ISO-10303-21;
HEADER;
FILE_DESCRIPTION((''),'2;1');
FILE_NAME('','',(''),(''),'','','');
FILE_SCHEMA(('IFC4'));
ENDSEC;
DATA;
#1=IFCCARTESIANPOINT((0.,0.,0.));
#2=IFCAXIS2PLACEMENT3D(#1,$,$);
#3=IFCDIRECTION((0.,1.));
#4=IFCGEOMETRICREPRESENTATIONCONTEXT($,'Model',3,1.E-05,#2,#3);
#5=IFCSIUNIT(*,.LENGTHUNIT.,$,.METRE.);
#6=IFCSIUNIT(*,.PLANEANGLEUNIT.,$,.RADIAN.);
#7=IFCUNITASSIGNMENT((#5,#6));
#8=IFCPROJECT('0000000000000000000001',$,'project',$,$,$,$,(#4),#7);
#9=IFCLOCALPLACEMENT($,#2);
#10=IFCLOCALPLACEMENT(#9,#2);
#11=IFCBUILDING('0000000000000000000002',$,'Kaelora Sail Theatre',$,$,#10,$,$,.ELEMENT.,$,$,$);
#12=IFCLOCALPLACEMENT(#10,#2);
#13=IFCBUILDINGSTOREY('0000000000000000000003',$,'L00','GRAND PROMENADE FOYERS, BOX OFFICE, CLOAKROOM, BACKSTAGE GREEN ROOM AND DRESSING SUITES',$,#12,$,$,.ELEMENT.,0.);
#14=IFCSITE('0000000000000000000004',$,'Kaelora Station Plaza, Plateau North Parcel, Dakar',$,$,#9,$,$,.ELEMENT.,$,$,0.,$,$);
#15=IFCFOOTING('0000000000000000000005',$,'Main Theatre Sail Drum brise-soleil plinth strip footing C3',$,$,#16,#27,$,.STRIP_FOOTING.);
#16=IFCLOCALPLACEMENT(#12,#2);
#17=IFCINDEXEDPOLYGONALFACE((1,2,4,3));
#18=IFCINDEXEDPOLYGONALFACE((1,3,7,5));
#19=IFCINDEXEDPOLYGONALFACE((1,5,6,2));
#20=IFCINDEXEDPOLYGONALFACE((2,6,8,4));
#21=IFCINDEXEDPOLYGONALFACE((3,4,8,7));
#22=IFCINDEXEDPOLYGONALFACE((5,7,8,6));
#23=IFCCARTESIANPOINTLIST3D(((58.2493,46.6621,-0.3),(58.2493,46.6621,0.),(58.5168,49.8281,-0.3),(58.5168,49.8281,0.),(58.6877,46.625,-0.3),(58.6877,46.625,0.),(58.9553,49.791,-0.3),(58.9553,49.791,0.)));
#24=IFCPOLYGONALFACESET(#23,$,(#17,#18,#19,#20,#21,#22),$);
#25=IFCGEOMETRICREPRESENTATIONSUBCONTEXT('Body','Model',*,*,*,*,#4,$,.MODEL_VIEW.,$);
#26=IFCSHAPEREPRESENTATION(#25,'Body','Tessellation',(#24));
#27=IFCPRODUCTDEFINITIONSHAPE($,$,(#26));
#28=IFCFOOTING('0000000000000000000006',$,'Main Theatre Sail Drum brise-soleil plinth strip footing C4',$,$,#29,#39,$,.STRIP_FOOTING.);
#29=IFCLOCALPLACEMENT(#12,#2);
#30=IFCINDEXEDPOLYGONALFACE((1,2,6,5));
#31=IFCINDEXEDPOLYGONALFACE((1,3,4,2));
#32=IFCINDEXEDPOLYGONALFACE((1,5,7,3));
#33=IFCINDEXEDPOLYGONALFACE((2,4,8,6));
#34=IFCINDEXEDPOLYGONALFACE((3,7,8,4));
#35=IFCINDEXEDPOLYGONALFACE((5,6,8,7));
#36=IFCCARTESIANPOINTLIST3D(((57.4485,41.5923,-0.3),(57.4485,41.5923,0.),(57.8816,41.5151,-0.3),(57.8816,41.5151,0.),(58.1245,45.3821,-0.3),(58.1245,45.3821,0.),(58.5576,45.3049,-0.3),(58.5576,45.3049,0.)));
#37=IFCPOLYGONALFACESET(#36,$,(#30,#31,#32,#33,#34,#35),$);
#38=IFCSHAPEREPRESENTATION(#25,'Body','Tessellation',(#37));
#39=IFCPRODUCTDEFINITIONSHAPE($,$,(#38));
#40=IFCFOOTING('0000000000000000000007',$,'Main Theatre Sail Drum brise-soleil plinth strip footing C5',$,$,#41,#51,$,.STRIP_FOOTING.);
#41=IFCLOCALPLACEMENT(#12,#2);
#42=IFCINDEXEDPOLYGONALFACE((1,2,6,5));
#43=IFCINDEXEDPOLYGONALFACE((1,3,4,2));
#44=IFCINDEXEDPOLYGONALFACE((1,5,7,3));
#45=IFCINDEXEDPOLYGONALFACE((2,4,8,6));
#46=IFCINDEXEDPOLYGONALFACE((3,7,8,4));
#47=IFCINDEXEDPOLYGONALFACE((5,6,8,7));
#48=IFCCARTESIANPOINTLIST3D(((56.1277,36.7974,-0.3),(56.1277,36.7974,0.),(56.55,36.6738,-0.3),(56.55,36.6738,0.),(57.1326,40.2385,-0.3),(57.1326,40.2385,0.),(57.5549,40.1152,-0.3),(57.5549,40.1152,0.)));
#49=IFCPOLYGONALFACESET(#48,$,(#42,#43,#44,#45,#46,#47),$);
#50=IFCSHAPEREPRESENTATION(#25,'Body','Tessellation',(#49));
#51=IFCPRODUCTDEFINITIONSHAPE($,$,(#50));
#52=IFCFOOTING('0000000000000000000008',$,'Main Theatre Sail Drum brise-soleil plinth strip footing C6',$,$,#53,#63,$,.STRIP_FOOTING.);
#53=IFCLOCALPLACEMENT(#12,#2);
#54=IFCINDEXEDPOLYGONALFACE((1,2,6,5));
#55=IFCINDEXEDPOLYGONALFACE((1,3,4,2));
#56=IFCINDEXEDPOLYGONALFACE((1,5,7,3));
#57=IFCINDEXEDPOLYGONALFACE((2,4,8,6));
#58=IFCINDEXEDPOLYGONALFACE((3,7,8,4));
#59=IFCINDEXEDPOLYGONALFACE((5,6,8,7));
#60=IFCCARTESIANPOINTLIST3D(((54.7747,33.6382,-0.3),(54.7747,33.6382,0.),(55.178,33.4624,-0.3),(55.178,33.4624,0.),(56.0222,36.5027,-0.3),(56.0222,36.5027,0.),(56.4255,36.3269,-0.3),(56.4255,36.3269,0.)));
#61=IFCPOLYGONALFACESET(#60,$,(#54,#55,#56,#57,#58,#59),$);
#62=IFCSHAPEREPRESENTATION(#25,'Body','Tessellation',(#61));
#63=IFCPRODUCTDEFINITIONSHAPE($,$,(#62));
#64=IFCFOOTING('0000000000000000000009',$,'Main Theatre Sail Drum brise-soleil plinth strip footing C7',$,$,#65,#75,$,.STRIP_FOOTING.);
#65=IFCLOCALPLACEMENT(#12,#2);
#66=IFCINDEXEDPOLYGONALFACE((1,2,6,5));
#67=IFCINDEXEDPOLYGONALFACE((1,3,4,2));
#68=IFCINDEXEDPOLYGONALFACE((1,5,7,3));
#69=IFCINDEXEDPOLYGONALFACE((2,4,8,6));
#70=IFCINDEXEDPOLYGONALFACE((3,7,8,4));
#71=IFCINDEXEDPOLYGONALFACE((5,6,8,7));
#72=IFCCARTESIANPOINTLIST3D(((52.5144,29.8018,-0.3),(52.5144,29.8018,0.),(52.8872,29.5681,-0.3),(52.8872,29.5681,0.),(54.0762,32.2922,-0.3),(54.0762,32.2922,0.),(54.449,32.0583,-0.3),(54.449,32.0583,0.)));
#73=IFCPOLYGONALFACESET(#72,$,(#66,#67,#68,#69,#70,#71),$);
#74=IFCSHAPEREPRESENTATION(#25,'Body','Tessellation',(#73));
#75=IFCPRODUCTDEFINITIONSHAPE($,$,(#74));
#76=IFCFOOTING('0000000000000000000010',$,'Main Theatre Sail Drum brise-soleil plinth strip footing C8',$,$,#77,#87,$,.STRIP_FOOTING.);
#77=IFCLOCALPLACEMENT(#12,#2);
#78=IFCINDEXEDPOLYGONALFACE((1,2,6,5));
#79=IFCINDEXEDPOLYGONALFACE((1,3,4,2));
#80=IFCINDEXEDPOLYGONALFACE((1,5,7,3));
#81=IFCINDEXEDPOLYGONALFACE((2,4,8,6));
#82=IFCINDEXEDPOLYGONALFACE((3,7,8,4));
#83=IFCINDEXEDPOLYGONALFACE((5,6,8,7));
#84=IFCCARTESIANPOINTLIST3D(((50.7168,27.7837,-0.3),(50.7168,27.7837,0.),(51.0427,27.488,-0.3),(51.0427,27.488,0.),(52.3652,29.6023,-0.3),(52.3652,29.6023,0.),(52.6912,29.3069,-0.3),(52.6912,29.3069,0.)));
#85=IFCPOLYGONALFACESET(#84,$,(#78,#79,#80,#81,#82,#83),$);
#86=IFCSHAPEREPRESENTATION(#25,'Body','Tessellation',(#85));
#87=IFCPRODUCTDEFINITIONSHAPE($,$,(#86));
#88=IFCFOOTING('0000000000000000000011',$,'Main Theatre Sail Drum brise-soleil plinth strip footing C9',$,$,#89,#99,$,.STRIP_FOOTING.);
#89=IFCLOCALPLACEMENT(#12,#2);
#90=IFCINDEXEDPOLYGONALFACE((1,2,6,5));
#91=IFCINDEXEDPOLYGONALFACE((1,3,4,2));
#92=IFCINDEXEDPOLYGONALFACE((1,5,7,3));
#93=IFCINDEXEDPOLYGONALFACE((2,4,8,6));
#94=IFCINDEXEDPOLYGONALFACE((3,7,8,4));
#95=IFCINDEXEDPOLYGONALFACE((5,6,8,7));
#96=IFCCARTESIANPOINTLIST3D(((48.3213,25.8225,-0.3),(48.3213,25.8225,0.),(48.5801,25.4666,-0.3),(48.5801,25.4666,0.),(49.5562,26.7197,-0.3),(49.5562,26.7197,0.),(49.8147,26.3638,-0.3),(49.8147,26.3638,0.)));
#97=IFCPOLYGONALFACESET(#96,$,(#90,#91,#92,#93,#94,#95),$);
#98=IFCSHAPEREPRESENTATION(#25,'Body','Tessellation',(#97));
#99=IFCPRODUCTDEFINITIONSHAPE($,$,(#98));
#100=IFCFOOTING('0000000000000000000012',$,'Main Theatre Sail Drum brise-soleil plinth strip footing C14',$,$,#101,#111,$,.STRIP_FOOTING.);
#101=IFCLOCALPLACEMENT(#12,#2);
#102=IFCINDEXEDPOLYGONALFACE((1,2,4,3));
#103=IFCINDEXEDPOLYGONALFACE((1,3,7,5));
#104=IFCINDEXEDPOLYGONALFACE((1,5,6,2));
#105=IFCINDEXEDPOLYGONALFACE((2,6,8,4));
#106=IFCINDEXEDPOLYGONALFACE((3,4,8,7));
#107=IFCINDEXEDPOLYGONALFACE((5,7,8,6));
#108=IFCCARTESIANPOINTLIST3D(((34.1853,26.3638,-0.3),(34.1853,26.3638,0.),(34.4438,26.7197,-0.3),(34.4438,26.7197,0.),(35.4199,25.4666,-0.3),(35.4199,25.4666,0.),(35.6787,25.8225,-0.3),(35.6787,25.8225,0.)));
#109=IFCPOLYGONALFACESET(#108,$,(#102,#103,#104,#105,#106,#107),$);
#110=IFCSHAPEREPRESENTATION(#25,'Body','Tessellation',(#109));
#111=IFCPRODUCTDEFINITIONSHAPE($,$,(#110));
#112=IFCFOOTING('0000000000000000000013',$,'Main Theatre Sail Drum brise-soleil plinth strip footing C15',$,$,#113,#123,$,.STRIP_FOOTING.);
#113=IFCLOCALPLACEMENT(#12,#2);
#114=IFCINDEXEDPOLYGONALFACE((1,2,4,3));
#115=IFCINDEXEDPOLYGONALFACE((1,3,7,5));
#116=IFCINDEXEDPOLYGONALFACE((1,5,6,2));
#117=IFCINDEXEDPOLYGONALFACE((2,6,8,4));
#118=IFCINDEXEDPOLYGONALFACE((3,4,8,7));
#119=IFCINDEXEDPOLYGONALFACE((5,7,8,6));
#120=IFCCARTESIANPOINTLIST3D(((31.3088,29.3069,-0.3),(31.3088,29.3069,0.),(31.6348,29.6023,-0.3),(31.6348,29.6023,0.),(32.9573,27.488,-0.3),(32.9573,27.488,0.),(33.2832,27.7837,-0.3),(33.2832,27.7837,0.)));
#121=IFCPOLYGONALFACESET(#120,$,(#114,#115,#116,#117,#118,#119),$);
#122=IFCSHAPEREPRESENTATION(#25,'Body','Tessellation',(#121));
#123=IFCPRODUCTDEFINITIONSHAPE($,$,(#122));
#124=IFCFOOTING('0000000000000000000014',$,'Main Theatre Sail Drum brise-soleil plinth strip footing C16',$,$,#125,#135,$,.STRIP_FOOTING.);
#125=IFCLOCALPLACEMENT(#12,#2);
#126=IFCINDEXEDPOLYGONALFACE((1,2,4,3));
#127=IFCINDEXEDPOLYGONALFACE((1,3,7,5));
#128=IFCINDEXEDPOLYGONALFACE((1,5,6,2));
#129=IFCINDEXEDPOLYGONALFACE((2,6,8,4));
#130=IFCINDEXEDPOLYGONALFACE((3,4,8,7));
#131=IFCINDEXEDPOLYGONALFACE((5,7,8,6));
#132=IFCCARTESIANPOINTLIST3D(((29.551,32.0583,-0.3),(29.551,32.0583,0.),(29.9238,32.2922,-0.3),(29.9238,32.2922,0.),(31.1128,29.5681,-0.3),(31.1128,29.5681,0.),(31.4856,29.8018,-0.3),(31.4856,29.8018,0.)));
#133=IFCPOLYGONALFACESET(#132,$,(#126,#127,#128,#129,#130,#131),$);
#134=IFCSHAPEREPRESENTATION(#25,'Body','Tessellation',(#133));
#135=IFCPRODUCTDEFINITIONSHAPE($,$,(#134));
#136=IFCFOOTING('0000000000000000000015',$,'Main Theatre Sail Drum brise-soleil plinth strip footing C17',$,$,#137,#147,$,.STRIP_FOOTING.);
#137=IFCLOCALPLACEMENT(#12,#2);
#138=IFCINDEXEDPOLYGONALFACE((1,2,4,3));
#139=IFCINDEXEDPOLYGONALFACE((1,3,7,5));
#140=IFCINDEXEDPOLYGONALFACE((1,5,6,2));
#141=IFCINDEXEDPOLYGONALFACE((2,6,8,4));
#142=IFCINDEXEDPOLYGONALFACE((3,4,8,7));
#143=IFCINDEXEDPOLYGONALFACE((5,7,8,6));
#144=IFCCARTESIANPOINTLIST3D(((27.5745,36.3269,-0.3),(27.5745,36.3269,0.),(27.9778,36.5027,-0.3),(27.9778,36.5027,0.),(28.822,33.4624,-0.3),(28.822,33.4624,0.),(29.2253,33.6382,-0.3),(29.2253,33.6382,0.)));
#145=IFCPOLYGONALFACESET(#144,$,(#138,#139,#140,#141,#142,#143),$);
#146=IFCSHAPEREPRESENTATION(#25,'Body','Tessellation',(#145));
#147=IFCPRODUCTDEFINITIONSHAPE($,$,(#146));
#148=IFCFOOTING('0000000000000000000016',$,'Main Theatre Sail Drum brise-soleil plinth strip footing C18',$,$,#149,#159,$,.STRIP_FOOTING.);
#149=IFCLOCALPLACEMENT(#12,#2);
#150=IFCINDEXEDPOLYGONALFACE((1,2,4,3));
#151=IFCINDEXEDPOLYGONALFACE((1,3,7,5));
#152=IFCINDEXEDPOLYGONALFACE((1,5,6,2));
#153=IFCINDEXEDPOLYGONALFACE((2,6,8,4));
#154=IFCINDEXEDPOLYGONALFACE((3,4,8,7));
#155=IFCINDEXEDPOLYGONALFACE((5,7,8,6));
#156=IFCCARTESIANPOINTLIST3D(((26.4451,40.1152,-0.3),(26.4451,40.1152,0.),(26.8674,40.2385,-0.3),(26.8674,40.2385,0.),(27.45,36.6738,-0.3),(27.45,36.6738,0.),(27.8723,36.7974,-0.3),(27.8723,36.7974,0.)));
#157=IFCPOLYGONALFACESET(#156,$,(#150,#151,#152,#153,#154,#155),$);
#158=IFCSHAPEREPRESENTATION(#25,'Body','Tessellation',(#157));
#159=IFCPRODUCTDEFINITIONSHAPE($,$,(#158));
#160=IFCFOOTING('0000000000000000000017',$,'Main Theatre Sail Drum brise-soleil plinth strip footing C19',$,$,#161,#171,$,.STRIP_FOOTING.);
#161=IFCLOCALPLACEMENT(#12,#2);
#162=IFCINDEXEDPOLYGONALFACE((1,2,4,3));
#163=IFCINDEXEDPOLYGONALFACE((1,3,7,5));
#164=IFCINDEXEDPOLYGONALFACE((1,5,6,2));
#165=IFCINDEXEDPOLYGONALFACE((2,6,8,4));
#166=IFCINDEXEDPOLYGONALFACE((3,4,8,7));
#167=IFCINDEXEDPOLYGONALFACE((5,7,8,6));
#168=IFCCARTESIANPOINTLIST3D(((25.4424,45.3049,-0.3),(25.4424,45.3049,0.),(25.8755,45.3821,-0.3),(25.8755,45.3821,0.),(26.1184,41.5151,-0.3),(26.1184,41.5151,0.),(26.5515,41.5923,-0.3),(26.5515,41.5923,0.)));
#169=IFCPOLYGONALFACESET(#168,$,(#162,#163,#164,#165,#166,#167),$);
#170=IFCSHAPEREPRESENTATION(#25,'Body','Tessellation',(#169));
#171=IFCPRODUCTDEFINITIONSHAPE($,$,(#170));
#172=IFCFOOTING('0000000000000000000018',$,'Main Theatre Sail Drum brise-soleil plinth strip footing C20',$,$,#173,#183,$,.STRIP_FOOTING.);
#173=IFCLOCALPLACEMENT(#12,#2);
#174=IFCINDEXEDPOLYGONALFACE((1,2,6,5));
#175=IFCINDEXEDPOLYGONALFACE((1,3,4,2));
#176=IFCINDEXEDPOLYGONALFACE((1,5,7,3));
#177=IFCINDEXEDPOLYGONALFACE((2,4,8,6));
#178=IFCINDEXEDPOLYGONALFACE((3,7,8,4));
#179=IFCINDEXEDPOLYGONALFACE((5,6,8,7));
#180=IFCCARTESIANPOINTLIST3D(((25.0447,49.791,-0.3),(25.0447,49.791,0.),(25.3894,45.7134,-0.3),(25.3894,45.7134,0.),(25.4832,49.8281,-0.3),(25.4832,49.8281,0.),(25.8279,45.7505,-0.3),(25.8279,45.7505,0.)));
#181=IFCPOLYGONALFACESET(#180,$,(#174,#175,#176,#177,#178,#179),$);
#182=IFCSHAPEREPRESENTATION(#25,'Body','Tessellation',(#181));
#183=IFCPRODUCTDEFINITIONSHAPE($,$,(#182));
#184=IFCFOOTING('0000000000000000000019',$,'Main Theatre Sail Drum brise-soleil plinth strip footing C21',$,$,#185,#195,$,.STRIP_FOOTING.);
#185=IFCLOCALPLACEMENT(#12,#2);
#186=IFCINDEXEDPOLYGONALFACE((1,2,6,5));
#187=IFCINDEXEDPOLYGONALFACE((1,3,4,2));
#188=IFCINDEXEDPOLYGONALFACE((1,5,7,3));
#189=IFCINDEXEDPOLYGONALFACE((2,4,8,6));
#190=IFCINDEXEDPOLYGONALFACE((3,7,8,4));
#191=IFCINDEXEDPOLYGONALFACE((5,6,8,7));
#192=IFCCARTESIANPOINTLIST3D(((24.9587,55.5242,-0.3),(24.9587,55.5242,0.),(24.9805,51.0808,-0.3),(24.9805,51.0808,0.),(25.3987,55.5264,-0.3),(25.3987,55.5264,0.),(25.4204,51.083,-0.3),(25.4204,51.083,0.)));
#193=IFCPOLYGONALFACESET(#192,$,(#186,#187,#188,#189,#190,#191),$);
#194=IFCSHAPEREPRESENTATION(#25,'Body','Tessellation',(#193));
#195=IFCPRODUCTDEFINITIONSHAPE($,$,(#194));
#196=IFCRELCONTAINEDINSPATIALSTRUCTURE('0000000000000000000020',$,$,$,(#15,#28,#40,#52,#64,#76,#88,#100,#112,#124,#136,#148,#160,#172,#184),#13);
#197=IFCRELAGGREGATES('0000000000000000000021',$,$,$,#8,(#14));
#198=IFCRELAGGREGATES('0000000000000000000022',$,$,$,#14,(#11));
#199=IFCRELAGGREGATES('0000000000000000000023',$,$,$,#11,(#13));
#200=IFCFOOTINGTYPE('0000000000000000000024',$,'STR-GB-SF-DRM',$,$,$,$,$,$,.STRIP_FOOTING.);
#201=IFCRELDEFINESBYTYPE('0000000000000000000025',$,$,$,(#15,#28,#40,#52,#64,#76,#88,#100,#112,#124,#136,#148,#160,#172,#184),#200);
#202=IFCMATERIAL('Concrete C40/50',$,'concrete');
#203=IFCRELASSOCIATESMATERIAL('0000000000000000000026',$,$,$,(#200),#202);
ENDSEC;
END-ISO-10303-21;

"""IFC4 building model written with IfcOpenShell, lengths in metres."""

from ifc_helpers import new_model, si_unit, direction, frame, origin, place, context, subcontext, project, spatial, polyline, outline, extrude, material, type_object, element, save


model = new_model("IFC4")

# Units and contexts
model_context = context("Model", 3, precision=1e-05, world=origin(), true_north=direction((0.0, 1.0)))
body_context = subcontext(model_context, "Body", "Model", "MODEL_VIEW")
ifc_project = project(units=[si_unit("LENGTHUNIT", "METRE"), si_unit("PLANEANGLEUNIT", "RADIAN")], contexts=[model_context])

# Site, building, storey
site_placement = place(None, origin())
site = spatial("IfcSite", under=ifc_project, at=site_placement, Name="Kaelora Station Plaza, Plateau North Parcel, Dakar", CompositionType="ELEMENT", RefElevation=0.0)
building_placement = place(site_placement, origin())
building = spatial("IfcBuilding", under=site, at=building_placement, Name="Kaelora Sail Theatre", CompositionType="ELEMENT")
storey_placement = place(building_placement, origin())
storey = spatial("IfcBuildingStorey", under=building, at=storey_placement, Name="L00", Description="GRAND PROMENADE FOYERS, BOX OFFICE, CLOAKROOM, BACKSTAGE GREEN ROOM AND DRESSING SUITES", CompositionType="ELEMENT", Elevation=0.0)

# Footings
ifc_material = material(Name="Concrete C40/50", Category="concrete")
footing_type = type_object("IfcFootingType", Name="STR-GB-SF-DRM", PredefinedType="STRIP_FOOTING", material=ifc_material)
footing_1_placement = place(storey_placement, frame((0.0, 0.0, -0.3)))
element("IfcFooting", 1, at=footing_1_placement, inside=storey, type_object=footing_type, Name="Main Theatre Sail Drum brise-soleil plinth strip footing C3", PredefinedType="STRIP_FOOTING", context=body_context, shape_type="SweptSolid", body=[
    extrude(outline(polyline([(58.5168, 49.8281), (58.2493, 46.6621), (58.6877, 46.625), (58.9553, 49.791), (58.5168, 49.8281)])), origin(), (0.0, 0.0, 1.0), 0.3),
])
footing_2_placement = place(storey_placement, frame((0.0, 0.0, -0.3)))
element("IfcFooting", 2, at=footing_2_placement, inside=storey, type_object=footing_type, Name="Main Theatre Sail Drum brise-soleil plinth strip footing C4", PredefinedType="STRIP_FOOTING", context=body_context, shape_type="SweptSolid", body=[
    extrude(outline(polyline([(58.1245, 45.3821), (57.4485, 41.5923), (57.8816, 41.5151), (58.5576, 45.3049), (58.1245, 45.3821)])), origin(), (0.0, 0.0, 1.0), 0.3),
])
footing_3_placement = place(storey_placement, frame((0.0, 0.0, -0.3)))
element("IfcFooting", 3, at=footing_3_placement, inside=storey, type_object=footing_type, Name="Main Theatre Sail Drum brise-soleil plinth strip footing C5", PredefinedType="STRIP_FOOTING", context=body_context, shape_type="SweptSolid", body=[
    extrude(outline(polyline([(57.1326, 40.2385), (56.1277, 36.7974), (56.55, 36.6738), (57.5549, 40.1152), (57.1326, 40.2385)])), origin(), (0.0, 0.0, 1.0), 0.3),
])
footing_4_placement = place(storey_placement, frame((0.0, 0.0, -0.3)))
element("IfcFooting", 4, at=footing_4_placement, inside=storey, type_object=footing_type, Name="Main Theatre Sail Drum brise-soleil plinth strip footing C6", PredefinedType="STRIP_FOOTING", context=body_context, shape_type="SweptSolid", body=[
    extrude(outline(polyline([(56.0222, 36.5027), (54.7747, 33.6382), (55.178, 33.4624), (56.4255, 36.3269), (56.0222, 36.5027)])), origin(), (0.0, 0.0, 1.0), 0.3),
])
footing_5_placement = place(storey_placement, frame((0.0, 0.0, -0.3)))
element("IfcFooting", 5, at=footing_5_placement, inside=storey, type_object=footing_type, Name="Main Theatre Sail Drum brise-soleil plinth strip footing C7", PredefinedType="STRIP_FOOTING", context=body_context, shape_type="SweptSolid", body=[
    extrude(outline(polyline([(54.0762, 32.2922), (52.5144, 29.8018), (52.8872, 29.5681), (54.449, 32.0583), (54.0762, 32.2922)])), origin(), (0.0, 0.0, 1.0), 0.3),
])
footing_6_placement = place(storey_placement, frame((0.0, 0.0, -0.3)))
element("IfcFooting", 6, at=footing_6_placement, inside=storey, type_object=footing_type, Name="Main Theatre Sail Drum brise-soleil plinth strip footing C8", PredefinedType="STRIP_FOOTING", context=body_context, shape_type="SweptSolid", body=[
    extrude(outline(polyline([(52.3652, 29.6023), (50.7168, 27.7837), (51.0427, 27.488), (52.6912, 29.3069), (52.3652, 29.6023)])), origin(), (0.0, 0.0, 1.0), 0.3),
])
footing_7_placement = place(storey_placement, frame((0.0, 0.0, -0.3)))
element("IfcFooting", 7, at=footing_7_placement, inside=storey, type_object=footing_type, Name="Main Theatre Sail Drum brise-soleil plinth strip footing C9", PredefinedType="STRIP_FOOTING", context=body_context, shape_type="SweptSolid", body=[
    extrude(outline(polyline([(49.5562, 26.7197), (48.3213, 25.8225), (48.5801, 25.4666), (49.8147, 26.3638), (49.5562, 26.7197)])), origin(), (0.0, 0.0, 1.0), 0.3),
])
footing_8_placement = place(storey_placement, frame((0.0, 0.0, -0.3)))
element("IfcFooting", 8, at=footing_8_placement, inside=storey, type_object=footing_type, Name="Main Theatre Sail Drum brise-soleil plinth strip footing C14", PredefinedType="STRIP_FOOTING", context=body_context, shape_type="SweptSolid", body=[
    extrude(outline(polyline([(35.6787, 25.8225), (34.4438, 26.7197), (34.1853, 26.3638), (35.4199, 25.4666), (35.6787, 25.8225)])), origin(), (0.0, 0.0, 1.0), 0.3),
])
footing_9_placement = place(storey_placement, frame((0.0, 0.0, -0.3)))
element("IfcFooting", 9, at=footing_9_placement, inside=storey, type_object=footing_type, Name="Main Theatre Sail Drum brise-soleil plinth strip footing C15", PredefinedType="STRIP_FOOTING", context=body_context, shape_type="SweptSolid", body=[
    extrude(outline(polyline([(33.2832, 27.7837), (31.6348, 29.6023), (31.3088, 29.3069), (32.9573, 27.488), (33.2832, 27.7837)])), origin(), (0.0, 0.0, 1.0), 0.3),
])
footing_10_placement = place(storey_placement, frame((0.0, 0.0, -0.3)))
element("IfcFooting", 10, at=footing_10_placement, inside=storey, type_object=footing_type, Name="Main Theatre Sail Drum brise-soleil plinth strip footing C16", PredefinedType="STRIP_FOOTING", context=body_context, shape_type="SweptSolid", body=[
    extrude(outline(polyline([(31.4856, 29.8018), (29.9238, 32.2922), (29.551, 32.0583), (31.1128, 29.5681), (31.4856, 29.8018)])), origin(), (0.0, 0.0, 1.0), 0.3),
])
footing_11_placement = place(storey_placement, frame((0.0, 0.0, -0.3)))
element("IfcFooting", 11, at=footing_11_placement, inside=storey, type_object=footing_type, Name="Main Theatre Sail Drum brise-soleil plinth strip footing C17", PredefinedType="STRIP_FOOTING", context=body_context, shape_type="SweptSolid", body=[
    extrude(outline(polyline([(29.2253, 33.6382), (27.9778, 36.5027), (27.5745, 36.3269), (28.822, 33.4624), (29.2253, 33.6382)])), origin(), (0.0, 0.0, 1.0), 0.3),
])
footing_12_placement = place(storey_placement, frame((0.0, 0.0, -0.3)))
element("IfcFooting", 12, at=footing_12_placement, inside=storey, type_object=footing_type, Name="Main Theatre Sail Drum brise-soleil plinth strip footing C18", PredefinedType="STRIP_FOOTING", context=body_context, shape_type="SweptSolid", body=[
    extrude(outline(polyline([(27.8723, 36.7974), (26.8674, 40.2385), (26.4451, 40.1152), (27.45, 36.6738), (27.8723, 36.7974)])), origin(), (0.0, 0.0, 1.0), 0.3),
])
footing_13_placement = place(storey_placement, frame((0.0, 0.0, -0.3)))
element("IfcFooting", 13, at=footing_13_placement, inside=storey, type_object=footing_type, Name="Main Theatre Sail Drum brise-soleil plinth strip footing C19", PredefinedType="STRIP_FOOTING", context=body_context, shape_type="SweptSolid", body=[
    extrude(outline(polyline([(26.5515, 41.5923), (25.8755, 45.3821), (25.4424, 45.3049), (26.1184, 41.5151), (26.5515, 41.5923)])), origin(), (0.0, 0.0, 1.0), 0.3),
])
footing_14_placement = place(storey_placement, frame((0.0, 0.0, -0.3)))
element("IfcFooting", 14, at=footing_14_placement, inside=storey, type_object=footing_type, Name="Main Theatre Sail Drum brise-soleil plinth strip footing C20", PredefinedType="STRIP_FOOTING", context=body_context, shape_type="SweptSolid", body=[
    extrude(outline(polyline([(25.8279, 45.7505), (25.4832, 49.8281), (25.0447, 49.791), (25.3894, 45.7134), (25.8279, 45.7505)])), origin(), (0.0, 0.0, 1.0), 0.3),
])
footing_15_placement = place(storey_placement, frame((0.0, 0.0, -0.3)))
element("IfcFooting", 15, at=footing_15_placement, inside=storey, type_object=footing_type, Name="Main Theatre Sail Drum brise-soleil plinth strip footing C21", PredefinedType="STRIP_FOOTING", context=body_context, shape_type="SweptSolid", body=[
    extrude(outline(polyline([(25.4204, 51.083), (25.3987, 55.5264), (24.9587, 55.5242), (24.9805, 51.0808), (25.4204, 51.083)])), origin(), (0.0, 0.0, 1.0), 0.3),
])

save(model, "model.ifc")
